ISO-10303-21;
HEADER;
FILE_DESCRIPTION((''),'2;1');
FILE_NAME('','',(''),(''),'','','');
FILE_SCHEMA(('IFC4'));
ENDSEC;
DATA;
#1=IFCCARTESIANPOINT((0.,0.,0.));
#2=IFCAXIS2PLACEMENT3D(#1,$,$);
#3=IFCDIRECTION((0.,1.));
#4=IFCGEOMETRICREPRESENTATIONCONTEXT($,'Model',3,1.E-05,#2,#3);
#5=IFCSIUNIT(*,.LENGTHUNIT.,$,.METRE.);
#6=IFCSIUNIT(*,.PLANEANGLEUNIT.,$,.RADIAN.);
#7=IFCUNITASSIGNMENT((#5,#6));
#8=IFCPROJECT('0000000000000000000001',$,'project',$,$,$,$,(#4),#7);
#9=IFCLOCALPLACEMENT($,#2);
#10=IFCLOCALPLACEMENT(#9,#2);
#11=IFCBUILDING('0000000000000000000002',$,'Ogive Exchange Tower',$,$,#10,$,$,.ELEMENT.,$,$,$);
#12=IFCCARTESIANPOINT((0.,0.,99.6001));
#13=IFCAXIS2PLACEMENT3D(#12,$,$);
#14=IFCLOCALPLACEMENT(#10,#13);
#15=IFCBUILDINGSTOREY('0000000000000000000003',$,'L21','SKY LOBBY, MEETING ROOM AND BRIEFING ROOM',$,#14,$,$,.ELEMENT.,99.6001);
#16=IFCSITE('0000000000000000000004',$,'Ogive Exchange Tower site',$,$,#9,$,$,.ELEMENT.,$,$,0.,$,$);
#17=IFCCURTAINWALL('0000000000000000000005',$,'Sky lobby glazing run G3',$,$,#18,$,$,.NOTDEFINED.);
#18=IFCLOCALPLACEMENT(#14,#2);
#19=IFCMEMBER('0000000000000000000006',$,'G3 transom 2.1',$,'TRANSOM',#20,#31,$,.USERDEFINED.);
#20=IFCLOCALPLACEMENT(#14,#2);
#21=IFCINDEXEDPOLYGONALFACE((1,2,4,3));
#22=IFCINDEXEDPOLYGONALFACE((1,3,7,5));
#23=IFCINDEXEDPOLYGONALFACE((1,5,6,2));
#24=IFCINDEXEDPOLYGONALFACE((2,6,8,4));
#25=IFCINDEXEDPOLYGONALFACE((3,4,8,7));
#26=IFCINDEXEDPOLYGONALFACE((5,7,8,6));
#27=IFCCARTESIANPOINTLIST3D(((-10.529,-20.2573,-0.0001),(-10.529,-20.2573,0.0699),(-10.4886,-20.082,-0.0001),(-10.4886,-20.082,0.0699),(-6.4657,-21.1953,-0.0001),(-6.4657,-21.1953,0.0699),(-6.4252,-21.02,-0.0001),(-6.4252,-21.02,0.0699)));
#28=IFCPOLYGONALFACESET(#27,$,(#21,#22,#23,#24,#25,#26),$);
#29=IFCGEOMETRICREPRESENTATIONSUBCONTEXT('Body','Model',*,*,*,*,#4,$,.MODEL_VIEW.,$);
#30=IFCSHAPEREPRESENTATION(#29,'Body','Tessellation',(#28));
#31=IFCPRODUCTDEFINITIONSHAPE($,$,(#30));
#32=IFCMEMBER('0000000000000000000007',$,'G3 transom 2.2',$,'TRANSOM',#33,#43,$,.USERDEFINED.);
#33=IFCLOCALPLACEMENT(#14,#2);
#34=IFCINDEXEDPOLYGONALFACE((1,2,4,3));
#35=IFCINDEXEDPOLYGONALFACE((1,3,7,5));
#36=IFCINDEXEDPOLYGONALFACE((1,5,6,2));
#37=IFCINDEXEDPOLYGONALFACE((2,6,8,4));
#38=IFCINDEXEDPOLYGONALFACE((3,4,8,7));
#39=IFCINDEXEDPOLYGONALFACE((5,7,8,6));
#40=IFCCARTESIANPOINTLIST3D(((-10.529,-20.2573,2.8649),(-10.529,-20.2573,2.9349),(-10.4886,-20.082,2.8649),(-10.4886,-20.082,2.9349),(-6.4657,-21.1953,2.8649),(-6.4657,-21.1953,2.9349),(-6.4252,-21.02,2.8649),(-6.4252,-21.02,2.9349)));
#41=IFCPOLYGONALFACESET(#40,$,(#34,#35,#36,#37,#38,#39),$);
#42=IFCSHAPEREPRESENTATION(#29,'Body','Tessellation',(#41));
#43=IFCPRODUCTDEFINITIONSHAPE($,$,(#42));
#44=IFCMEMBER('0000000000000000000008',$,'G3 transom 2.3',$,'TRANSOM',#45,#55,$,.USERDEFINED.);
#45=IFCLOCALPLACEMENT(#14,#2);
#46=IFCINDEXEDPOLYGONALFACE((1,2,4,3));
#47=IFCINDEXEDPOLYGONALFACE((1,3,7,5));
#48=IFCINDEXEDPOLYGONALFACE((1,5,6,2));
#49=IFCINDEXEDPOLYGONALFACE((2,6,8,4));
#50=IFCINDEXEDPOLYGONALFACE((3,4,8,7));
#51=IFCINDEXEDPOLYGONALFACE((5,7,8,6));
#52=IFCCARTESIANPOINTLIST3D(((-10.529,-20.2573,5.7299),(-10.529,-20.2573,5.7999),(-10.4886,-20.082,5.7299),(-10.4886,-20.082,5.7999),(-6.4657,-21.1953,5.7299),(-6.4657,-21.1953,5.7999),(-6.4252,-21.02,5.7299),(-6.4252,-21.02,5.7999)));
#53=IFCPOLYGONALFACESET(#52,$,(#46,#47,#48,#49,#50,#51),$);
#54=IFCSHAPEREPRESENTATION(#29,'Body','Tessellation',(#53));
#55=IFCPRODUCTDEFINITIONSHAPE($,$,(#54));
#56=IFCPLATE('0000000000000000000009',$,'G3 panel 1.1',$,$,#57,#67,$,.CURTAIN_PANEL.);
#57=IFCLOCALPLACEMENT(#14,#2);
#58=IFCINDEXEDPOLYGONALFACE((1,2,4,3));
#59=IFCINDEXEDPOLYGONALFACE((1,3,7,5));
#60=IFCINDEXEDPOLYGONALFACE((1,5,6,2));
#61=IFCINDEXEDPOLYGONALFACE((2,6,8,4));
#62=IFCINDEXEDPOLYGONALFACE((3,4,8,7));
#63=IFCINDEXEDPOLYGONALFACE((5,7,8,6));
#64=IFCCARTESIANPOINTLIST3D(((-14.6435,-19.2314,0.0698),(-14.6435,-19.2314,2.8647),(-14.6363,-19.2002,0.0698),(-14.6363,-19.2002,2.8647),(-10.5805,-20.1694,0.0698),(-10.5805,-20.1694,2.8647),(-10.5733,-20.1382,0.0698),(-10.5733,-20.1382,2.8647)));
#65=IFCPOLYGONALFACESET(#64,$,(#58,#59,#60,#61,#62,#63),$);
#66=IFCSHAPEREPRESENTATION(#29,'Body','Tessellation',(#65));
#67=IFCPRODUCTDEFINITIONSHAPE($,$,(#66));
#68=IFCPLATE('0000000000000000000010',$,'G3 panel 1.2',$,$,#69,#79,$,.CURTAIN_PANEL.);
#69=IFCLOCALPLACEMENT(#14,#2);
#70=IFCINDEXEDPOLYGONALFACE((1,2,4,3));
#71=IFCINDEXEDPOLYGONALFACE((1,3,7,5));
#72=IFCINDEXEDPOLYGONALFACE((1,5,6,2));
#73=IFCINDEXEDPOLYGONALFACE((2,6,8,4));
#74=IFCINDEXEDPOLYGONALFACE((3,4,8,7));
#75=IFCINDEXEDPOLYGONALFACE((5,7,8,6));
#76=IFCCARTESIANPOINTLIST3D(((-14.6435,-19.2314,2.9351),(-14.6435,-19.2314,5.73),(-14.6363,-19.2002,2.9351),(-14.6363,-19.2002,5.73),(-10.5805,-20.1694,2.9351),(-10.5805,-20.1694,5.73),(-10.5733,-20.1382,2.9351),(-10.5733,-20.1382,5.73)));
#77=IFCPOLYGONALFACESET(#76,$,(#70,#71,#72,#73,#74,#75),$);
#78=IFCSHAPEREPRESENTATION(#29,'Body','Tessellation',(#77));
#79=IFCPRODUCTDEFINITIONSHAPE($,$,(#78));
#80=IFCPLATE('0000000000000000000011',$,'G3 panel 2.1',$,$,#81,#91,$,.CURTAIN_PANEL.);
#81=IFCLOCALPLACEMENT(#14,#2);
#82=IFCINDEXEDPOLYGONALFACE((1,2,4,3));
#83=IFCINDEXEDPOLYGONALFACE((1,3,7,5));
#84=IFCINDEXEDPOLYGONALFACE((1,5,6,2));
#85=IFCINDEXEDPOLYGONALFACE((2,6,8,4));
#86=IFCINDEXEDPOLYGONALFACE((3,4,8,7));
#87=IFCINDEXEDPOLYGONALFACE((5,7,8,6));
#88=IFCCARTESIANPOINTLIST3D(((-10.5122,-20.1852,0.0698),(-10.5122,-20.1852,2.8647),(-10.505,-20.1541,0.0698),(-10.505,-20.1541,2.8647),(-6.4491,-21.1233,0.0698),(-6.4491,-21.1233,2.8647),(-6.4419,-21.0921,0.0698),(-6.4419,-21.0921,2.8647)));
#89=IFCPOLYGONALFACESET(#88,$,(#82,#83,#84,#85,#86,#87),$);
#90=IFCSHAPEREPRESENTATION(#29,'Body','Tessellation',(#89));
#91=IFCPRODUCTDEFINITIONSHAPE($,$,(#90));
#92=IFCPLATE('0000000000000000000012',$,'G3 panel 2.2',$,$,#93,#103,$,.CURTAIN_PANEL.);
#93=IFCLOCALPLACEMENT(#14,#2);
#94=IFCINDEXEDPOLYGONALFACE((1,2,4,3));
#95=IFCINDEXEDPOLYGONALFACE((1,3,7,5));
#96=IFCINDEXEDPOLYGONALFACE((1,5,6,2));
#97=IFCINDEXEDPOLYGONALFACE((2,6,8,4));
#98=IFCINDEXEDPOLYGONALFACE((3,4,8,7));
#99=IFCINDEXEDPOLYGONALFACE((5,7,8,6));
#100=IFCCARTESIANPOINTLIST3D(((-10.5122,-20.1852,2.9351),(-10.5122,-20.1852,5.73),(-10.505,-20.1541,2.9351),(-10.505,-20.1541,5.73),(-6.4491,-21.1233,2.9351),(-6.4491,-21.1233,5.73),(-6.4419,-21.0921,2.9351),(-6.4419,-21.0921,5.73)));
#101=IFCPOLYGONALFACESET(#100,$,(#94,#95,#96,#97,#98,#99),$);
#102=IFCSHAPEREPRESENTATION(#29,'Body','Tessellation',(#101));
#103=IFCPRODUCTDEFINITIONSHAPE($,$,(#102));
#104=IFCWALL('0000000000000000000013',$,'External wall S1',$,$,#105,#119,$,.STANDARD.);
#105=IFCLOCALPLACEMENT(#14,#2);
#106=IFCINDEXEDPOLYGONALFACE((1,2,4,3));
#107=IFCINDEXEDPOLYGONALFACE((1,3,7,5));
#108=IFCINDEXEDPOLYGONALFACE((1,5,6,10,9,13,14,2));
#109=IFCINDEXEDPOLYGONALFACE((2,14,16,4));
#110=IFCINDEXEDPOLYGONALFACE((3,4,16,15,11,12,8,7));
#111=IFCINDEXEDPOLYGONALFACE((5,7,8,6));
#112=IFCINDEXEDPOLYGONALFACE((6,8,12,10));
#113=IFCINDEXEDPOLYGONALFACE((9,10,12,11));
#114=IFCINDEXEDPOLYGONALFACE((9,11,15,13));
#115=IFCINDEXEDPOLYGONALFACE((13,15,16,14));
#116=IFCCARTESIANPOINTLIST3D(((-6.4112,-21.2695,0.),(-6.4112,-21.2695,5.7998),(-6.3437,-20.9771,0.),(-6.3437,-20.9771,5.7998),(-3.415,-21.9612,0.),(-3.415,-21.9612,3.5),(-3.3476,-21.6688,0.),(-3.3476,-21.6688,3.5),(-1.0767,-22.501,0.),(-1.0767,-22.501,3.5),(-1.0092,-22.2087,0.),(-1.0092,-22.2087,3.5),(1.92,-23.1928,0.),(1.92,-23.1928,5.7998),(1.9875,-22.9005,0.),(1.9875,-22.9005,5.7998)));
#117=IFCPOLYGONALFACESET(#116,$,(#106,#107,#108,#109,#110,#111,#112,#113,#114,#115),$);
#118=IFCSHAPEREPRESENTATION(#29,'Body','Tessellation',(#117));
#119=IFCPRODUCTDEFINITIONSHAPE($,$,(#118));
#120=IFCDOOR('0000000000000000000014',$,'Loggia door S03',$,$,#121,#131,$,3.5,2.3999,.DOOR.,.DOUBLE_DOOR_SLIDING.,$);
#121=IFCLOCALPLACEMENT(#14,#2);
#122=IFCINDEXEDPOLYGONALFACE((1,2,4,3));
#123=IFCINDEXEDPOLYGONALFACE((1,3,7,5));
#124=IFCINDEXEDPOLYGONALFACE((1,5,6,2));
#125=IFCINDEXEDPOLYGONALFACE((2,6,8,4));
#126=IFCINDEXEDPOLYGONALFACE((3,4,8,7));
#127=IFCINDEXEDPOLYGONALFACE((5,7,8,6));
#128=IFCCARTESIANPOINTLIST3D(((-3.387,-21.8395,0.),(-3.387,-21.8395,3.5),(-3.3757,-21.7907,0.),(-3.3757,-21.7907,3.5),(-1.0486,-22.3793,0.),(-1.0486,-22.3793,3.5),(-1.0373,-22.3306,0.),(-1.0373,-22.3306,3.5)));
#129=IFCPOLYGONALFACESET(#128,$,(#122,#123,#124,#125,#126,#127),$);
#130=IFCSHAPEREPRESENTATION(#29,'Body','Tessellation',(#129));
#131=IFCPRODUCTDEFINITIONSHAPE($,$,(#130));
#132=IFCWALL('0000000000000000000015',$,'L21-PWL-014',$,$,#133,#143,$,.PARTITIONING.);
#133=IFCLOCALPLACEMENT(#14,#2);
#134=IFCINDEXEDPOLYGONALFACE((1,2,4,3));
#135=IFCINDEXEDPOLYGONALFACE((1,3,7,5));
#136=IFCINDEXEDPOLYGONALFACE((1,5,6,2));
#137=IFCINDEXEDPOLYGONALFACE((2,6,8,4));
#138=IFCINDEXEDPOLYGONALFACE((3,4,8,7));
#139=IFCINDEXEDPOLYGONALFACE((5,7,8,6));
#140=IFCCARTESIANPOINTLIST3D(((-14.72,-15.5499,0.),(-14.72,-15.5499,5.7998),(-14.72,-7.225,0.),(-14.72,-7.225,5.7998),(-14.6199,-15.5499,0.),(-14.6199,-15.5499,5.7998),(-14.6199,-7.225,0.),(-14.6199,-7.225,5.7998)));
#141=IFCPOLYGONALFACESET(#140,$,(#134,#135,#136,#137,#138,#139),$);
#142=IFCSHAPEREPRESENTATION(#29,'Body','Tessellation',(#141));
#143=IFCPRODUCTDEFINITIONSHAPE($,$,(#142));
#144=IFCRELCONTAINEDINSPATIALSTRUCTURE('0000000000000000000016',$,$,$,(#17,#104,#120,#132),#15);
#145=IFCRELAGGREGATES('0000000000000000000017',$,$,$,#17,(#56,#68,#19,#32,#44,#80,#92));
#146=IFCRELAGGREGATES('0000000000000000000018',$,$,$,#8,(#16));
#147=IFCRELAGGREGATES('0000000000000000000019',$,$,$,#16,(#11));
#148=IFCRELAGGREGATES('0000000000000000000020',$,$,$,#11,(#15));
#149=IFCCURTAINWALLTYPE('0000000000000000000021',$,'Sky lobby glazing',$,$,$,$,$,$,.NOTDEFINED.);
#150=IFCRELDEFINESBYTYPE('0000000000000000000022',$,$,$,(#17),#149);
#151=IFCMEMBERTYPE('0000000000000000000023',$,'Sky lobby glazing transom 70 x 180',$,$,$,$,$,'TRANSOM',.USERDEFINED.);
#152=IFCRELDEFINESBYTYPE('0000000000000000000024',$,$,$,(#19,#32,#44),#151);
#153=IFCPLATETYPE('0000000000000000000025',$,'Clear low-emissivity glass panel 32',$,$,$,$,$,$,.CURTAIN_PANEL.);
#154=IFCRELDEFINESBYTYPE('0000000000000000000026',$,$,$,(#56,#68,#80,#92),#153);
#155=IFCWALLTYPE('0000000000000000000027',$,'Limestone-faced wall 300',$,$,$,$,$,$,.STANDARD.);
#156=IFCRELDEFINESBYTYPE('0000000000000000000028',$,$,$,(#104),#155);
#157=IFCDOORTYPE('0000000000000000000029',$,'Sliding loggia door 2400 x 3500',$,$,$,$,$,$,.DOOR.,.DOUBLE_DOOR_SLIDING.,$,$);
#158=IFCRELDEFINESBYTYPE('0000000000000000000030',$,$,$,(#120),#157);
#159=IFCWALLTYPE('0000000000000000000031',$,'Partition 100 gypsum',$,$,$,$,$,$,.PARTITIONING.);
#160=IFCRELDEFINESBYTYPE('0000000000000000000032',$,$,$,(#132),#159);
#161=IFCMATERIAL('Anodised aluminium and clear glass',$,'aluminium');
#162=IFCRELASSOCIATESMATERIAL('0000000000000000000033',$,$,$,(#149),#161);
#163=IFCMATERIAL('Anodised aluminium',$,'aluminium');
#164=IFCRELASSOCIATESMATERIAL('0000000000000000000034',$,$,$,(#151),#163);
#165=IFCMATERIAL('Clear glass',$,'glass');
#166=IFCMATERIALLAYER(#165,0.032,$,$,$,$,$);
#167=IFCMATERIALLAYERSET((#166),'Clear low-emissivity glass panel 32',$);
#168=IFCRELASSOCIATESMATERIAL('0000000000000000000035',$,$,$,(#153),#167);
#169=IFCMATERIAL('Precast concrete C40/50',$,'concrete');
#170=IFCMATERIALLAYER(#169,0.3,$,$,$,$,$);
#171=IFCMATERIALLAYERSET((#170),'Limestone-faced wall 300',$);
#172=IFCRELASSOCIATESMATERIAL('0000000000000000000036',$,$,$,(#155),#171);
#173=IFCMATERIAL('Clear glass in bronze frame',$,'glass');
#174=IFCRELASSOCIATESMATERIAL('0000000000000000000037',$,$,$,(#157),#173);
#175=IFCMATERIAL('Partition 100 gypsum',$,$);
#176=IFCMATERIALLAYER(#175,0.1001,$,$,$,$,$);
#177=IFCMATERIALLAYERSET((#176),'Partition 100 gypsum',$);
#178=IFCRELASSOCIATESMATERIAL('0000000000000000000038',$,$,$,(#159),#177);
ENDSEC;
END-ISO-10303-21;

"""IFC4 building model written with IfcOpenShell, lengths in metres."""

from ifc_helpers import new_model, si_unit, direction, frame, frame_2d, origin, origin_2d, place, context, subcontext, project, spatial, rectangle, extrude, material, layer, layer_set, material_profile, profile_set, type_object, element, fill, aggregate, save


model = new_model("IFC4")

# Units and contexts
model_context = context("Model", 3, precision=1e-05, world=origin(), true_north=direction((0.0, 1.0)))
body_context = subcontext(model_context, "Body", "Model", "MODEL_VIEW")
ifc_project = project(units=[si_unit("LENGTHUNIT", "METRE"), si_unit("PLANEANGLEUNIT", "RADIAN")], contexts=[model_context])

# Site, building, storey
site_placement = place(None, origin())
site = spatial("IfcSite", under=ifc_project, at=site_placement, Name="Ogive Exchange Tower site", CompositionType="ELEMENT", RefElevation=0.0)
building_placement = place(site_placement, origin())
building = spatial("IfcBuilding", under=site, at=building_placement, Name="Ogive Exchange Tower", CompositionType="ELEMENT")
storey_placement = place(building_placement, frame((0.0, 0.0, 99.6001)))
storey = spatial("IfcBuildingStorey", under=building, at=storey_placement, Name="L21", Description="SKY LOBBY, MEETING ROOM AND BRIEFING ROOM", CompositionType="ELEMENT", Elevation=99.6001)

# Curtain wall, members, plates
ifc_material_1 = material(Name="Anodised aluminium and clear glass", Category="aluminium")
curtain_wall_type = type_object("IfcCurtainWallType", Name="Sky lobby glazing", PredefinedType="NOTDEFINED", material=ifc_material_1)
curtain_wall_placement = place(storey_placement, origin())
curtain_wall = element("IfcCurtainWall", 1, at=curtain_wall_placement, inside=storey, type_object=curtain_wall_type, Name="Sky lobby glazing run G3", PredefinedType="NOTDEFINED")
ifc_material_2 = material(Name="Anodised aluminium", Category="aluminium")
ifc_material_profile_1 = material_profile(ifc_material_2, rectangle(XDim=0.1799, YDim=0.0701, at=origin_2d()), Name="AL 70x180")
ifc_profile_set_1 = profile_set([ifc_material_profile_1], Name="Anodised aluminium")
member_type_1 = type_object("IfcMemberType", Name="Sky lobby glazing transom 70 x 180", ElementType="TRANSOM", PredefinedType="USERDEFINED", material=ifc_profile_set_1)
member_1_placement = place(storey_placement, frame((-10.5088, -20.1697, 0.0349), z_axis=(0.974374, -0.224932, 0.0), x_axis=(0.224932, 0.974374, 0.0)))
member_1 = element("IfcMember", 2, at=member_1_placement, type_object=member_type_1, Name="G3 transom 2.1", ObjectType="TRANSOM", PredefinedType="USERDEFINED", context=body_context, shape_type="SweptSolid", body=[
    extrude(rectangle(XDim=0.1799, YDim=0.0701, at=origin_2d()), origin(), (0.0, 0.0, 1.0), 4.1702),
])
member_2_placement = place(storey_placement, frame((-10.5088, -20.1697, 2.8999), z_axis=(0.974374, -0.224932, 0.0), x_axis=(0.224932, 0.974374, 0.0)))
member_2 = element("IfcMember", 3, at=member_2_placement, type_object=member_type_1, Name="G3 transom 2.2", ObjectType="TRANSOM", PredefinedType="USERDEFINED", context=body_context, shape_type="SweptSolid", body=[
    extrude(rectangle(XDim=0.1799, YDim=0.0701, at=origin_2d()), origin(), (0.0, 0.0, 1.0), 4.1702),
])
member_3_placement = place(storey_placement, frame((-10.5088, -20.1697, 5.7649), z_axis=(0.974374, -0.224932, 0.0), x_axis=(0.224932, 0.974374, 0.0)))
member_3 = element("IfcMember", 4, at=member_3_placement, type_object=member_type_1, Name="G3 transom 2.3", ObjectType="TRANSOM", PredefinedType="USERDEFINED", context=body_context, shape_type="SweptSolid", body=[
    extrude(rectangle(XDim=0.1799, YDim=0.0701, at=origin_2d()), origin(), (0.0, 0.0, 1.0), 4.1702),
])
ifc_material_3 = material(Name="Clear glass", Category="glass")
ifc_layer_1 = layer(ifc_material_3, 0.032)
ifc_layer_set_1 = layer_set([ifc_layer_1], Name="Clear low-emissivity glass panel 32")
plate_type = type_object("IfcPlateType", Name="Clear low-emissivity glass panel 32", PredefinedType="CURTAIN_PANEL", material=ifc_layer_set_1)
plate_1_placement = place(storey_placement, frame((-12.6084, -19.6848, 0.0698), z_axis=(0.0, 0.0, 1.0), x_axis=(0.97437, -0.224949, 0.0)))
plate_1 = element("IfcPlate", 5, at=plate_1_placement, type_object=plate_type, Name="G3 panel 1.1", PredefinedType="CURTAIN_PANEL", context=body_context, shape_type="SweptSolid", body=[
    extrude(rectangle(XDim=4.1699, YDim=0.032, at=origin_2d()), origin(), (0.0, 0.0, 1.0), 2.7949),
])
plate_2_placement = place(storey_placement, frame((-12.6084, -19.6848, 2.9351), z_axis=(0.0, 0.0, 1.0), x_axis=(0.97437, -0.224949, 0.0)))
plate_2 = element("IfcPlate", 6, at=plate_2_placement, type_object=plate_type, Name="G3 panel 1.2", PredefinedType="CURTAIN_PANEL", context=body_context, shape_type="SweptSolid", body=[
    extrude(rectangle(XDim=4.1699, YDim=0.032, at=origin_2d()), origin(), (0.0, 0.0, 1.0), 2.7949),
])
plate_3_placement = place(storey_placement, frame((-8.4771, -20.6387, 0.0698), z_axis=(0.0, 0.0, 1.0), x_axis=(0.97437, -0.224949, 0.0)))
plate_3 = element("IfcPlate", 7, at=plate_3_placement, type_object=plate_type, Name="G3 panel 2.1", PredefinedType="CURTAIN_PANEL", context=body_context, shape_type="SweptSolid", body=[
    extrude(rectangle(XDim=4.1699, YDim=0.032, at=origin_2d()), origin(), (0.0, 0.0, 1.0), 2.7949),
])
plate_4_placement = place(storey_placement, frame((-8.4771, -20.6387, 2.9351), z_axis=(0.0, 0.0, 1.0), x_axis=(0.97437, -0.224949, 0.0)))
plate_4 = element("IfcPlate", 8, at=plate_4_placement, type_object=plate_type, Name="G3 panel 2.2", PredefinedType="CURTAIN_PANEL", context=body_context, shape_type="SweptSolid", body=[
    extrude(rectangle(XDim=4.1699, YDim=0.032, at=origin_2d()), origin(), (0.0, 0.0, 1.0), 2.7949),
])
aggregate(curtain_wall, [plate_1, plate_2, member_1, member_2, member_3, plate_3, plate_4])

# Wall, opening, door
ifc_material_4 = material(Name="Precast concrete C40/50", Category="concrete")
ifc_layer_2 = layer(ifc_material_4, 0.3)
ifc_layer_set_2 = layer_set([ifc_layer_2], Name="Limestone-faced wall 300")
wall_type_1 = type_object("IfcWallType", Name="Limestone-faced wall 300", PredefinedType="STANDARD", material=ifc_layer_set_2)
wall_1_placement = place(storey_placement, frame((-6.3774, -21.1233, 0.0), z_axis=(0.0, 0.0, 1.0), x_axis=(0.974371, -0.224947, 0.0)))
wall_1 = element("IfcWall", 9, at=wall_1_placement, inside=storey, type_object=wall_type_1, Name="External wall S1", PredefinedType="STANDARD", context=body_context, shape_type="SweptSolid", body=[
    extrude(rectangle(XDim=8.5503, YDim=0.3, at=frame_2d((4.2751, 0.0))), origin(), (0.0, 0.0, 1.0), 5.7998),
])
opening_placement = place(wall_1_placement, frame((3.075, 0.0, 0.0)))
opening = element("IfcOpeningElement", 10, at=opening_placement, cuts=wall_1, PredefinedType="OPENING", context=body_context, shape_type="SweptSolid", body=[
    extrude(rectangle(XDim=2.3999, YDim=3.5, at=frame_2d((1.2, 1.75))), frame((0.0, 0.1599, 0.0), z_axis=(0.0, -1.0, 0.0), x_axis=(1.0, 0.0, 0.0)), (0.0, 0.0, 1.0), 0.3201),
])
ifc_material_5 = material(Name="Clear glass in bronze frame", Category="glass")
door_type = type_object("IfcDoorType", Name="Sliding loggia door 2400 x 3500", OperationType="DOUBLE_DOOR_SLIDING", PredefinedType="DOOR", material=ifc_material_5)
door_placement = place(opening_placement, origin())
door = element("IfcDoor", 11, at=door_placement, inside=storey, type_object=door_type, Name="Loggia door S03", OperationType="DOUBLE_DOOR_SLIDING", OverallHeight=3.5, OverallWidth=2.3999, PredefinedType="DOOR", context=body_context, shape_type="SweptSolid", body=[
    extrude(rectangle(XDim=2.3999, YDim=3.5, at=frame_2d((1.2, 1.75))), frame((0.0, 0.0249, 0.0), z_axis=(0.0, -1.0, 0.0), x_axis=(1.0, 0.0, 0.0)), (0.0, 0.0, 1.0), 0.05),
])
fill(opening, door)

# Wall
ifc_material_6 = material(Name="Partition 100 gypsum")
ifc_layer_3 = layer(ifc_material_6, 0.1001)
ifc_layer_set_3 = layer_set([ifc_layer_3], Name="Partition 100 gypsum")
wall_type_2 = type_object("IfcWallType", Name="Partition 100 gypsum", PredefinedType="PARTITIONING", material=ifc_layer_set_3)
wall_2_placement = place(storey_placement, frame((-14.6699, -15.55, 0.0), z_axis=(0.0, 0.0, 1.0), x_axis=(0.0, 1.0, 0.0)))
element("IfcWall", 12, at=wall_2_placement, inside=storey, type_object=wall_type_2, Name="L21-PWL-014", PredefinedType="PARTITIONING", context=body_context, shape_type="SweptSolid", body=[
    extrude(rectangle(XDim=8.325, YDim=0.1001, at=frame_2d((4.1626, 0.0))), origin(), (0.0, 0.0, 1.0), 5.7998),
])

save(model, "model.ifc")
